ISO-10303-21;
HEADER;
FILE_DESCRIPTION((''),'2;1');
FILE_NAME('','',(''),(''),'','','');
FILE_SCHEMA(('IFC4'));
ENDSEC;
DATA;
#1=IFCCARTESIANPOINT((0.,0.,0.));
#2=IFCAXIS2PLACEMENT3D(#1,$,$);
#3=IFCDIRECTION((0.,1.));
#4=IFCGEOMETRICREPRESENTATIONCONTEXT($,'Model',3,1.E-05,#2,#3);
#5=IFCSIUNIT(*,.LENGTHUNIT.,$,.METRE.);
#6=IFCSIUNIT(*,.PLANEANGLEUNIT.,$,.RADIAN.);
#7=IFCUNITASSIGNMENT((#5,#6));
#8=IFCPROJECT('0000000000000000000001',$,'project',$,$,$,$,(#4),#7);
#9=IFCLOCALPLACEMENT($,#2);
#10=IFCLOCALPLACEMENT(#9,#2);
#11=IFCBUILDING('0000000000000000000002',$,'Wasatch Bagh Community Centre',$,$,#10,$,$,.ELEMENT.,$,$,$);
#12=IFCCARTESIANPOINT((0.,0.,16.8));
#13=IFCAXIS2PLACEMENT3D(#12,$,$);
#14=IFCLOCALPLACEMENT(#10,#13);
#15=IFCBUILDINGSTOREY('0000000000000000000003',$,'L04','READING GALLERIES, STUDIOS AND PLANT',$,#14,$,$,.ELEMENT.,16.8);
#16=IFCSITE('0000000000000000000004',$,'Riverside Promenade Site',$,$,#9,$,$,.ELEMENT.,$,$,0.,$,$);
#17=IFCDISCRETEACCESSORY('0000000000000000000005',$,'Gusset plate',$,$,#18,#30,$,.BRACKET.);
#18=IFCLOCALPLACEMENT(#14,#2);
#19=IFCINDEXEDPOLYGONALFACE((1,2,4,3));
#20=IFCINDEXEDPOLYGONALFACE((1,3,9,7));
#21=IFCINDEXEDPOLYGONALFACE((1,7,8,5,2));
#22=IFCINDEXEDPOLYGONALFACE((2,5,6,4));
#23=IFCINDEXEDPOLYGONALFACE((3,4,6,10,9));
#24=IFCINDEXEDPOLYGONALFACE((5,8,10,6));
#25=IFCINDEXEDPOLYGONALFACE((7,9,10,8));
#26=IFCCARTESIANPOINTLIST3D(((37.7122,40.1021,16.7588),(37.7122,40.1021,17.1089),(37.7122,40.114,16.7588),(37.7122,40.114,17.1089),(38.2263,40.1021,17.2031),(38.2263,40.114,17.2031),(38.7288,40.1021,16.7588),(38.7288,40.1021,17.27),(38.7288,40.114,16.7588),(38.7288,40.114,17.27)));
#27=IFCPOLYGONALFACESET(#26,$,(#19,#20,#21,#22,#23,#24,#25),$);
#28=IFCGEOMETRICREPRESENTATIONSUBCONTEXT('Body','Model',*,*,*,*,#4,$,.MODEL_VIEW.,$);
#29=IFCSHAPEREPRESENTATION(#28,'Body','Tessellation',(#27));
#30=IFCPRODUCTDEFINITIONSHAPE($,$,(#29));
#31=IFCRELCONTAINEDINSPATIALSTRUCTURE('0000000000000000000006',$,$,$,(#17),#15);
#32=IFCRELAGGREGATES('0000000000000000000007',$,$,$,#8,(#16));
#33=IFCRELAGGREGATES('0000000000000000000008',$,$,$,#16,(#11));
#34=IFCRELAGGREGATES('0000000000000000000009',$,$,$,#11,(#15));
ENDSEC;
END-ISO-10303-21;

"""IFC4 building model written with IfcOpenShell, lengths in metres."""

from ifc_helpers import new_model, si_unit, direction, frame, origin, place, context, subcontext, project, spatial, polyline, outline, extrude, element, save


model = new_model("IFC4")

# Units and contexts
model_context = context("Model", 3, precision=1e-05, world=origin(), true_north=direction((0.0, 1.0)))
body_context = subcontext(model_context, "Body", "Model", "MODEL_VIEW")
ifc_project = project(units=[si_unit("LENGTHUNIT", "METRE"), si_unit("PLANEANGLEUNIT", "RADIAN")], contexts=[model_context])

# Site, building, storey
site_placement = place(None, origin())
site = spatial("IfcSite", under=ifc_project, at=site_placement, Name="Riverside Promenade Site", CompositionType="ELEMENT", RefElevation=0.0)
building_placement = place(site_placement, origin())
building = spatial("IfcBuilding", under=site, at=building_placement, Name="Wasatch Bagh Community Centre", CompositionType="ELEMENT")
storey_placement = place(building_placement, frame((0.0, 0.0, 16.8)))
storey = spatial("IfcBuildingStorey", under=building, at=storey_placement, Name="L04", Description="READING GALLERIES, STUDIOS AND PLANT", CompositionType="ELEMENT", Elevation=16.8)

# Discrete accessory
discrete_accessory_1_placement = place(storey_placement, frame((37.7122, 40.114, 17.1089), z_axis=(0.0, 1.0, 0.0), x_axis=(0.983615, 0.0, 0.180283)))
element("IfcDiscreteAccessory", 1, at=discrete_accessory_1_placement, inside=storey, Name="Gusset plate", PredefinedType="BRACKET", context=body_context, shape_type="SweptSolid", body=[
    extrude(outline(polyline([(0.0, 0.0), (0.5227, 0.0), (1.029, 0.0248), (0.9368, 0.5276), (-0.0631, 0.3444), (0.0, 0.0)])), origin(), (0.0, 0.0, -1.0), 0.012),
])

save(model, "model.ifc")
